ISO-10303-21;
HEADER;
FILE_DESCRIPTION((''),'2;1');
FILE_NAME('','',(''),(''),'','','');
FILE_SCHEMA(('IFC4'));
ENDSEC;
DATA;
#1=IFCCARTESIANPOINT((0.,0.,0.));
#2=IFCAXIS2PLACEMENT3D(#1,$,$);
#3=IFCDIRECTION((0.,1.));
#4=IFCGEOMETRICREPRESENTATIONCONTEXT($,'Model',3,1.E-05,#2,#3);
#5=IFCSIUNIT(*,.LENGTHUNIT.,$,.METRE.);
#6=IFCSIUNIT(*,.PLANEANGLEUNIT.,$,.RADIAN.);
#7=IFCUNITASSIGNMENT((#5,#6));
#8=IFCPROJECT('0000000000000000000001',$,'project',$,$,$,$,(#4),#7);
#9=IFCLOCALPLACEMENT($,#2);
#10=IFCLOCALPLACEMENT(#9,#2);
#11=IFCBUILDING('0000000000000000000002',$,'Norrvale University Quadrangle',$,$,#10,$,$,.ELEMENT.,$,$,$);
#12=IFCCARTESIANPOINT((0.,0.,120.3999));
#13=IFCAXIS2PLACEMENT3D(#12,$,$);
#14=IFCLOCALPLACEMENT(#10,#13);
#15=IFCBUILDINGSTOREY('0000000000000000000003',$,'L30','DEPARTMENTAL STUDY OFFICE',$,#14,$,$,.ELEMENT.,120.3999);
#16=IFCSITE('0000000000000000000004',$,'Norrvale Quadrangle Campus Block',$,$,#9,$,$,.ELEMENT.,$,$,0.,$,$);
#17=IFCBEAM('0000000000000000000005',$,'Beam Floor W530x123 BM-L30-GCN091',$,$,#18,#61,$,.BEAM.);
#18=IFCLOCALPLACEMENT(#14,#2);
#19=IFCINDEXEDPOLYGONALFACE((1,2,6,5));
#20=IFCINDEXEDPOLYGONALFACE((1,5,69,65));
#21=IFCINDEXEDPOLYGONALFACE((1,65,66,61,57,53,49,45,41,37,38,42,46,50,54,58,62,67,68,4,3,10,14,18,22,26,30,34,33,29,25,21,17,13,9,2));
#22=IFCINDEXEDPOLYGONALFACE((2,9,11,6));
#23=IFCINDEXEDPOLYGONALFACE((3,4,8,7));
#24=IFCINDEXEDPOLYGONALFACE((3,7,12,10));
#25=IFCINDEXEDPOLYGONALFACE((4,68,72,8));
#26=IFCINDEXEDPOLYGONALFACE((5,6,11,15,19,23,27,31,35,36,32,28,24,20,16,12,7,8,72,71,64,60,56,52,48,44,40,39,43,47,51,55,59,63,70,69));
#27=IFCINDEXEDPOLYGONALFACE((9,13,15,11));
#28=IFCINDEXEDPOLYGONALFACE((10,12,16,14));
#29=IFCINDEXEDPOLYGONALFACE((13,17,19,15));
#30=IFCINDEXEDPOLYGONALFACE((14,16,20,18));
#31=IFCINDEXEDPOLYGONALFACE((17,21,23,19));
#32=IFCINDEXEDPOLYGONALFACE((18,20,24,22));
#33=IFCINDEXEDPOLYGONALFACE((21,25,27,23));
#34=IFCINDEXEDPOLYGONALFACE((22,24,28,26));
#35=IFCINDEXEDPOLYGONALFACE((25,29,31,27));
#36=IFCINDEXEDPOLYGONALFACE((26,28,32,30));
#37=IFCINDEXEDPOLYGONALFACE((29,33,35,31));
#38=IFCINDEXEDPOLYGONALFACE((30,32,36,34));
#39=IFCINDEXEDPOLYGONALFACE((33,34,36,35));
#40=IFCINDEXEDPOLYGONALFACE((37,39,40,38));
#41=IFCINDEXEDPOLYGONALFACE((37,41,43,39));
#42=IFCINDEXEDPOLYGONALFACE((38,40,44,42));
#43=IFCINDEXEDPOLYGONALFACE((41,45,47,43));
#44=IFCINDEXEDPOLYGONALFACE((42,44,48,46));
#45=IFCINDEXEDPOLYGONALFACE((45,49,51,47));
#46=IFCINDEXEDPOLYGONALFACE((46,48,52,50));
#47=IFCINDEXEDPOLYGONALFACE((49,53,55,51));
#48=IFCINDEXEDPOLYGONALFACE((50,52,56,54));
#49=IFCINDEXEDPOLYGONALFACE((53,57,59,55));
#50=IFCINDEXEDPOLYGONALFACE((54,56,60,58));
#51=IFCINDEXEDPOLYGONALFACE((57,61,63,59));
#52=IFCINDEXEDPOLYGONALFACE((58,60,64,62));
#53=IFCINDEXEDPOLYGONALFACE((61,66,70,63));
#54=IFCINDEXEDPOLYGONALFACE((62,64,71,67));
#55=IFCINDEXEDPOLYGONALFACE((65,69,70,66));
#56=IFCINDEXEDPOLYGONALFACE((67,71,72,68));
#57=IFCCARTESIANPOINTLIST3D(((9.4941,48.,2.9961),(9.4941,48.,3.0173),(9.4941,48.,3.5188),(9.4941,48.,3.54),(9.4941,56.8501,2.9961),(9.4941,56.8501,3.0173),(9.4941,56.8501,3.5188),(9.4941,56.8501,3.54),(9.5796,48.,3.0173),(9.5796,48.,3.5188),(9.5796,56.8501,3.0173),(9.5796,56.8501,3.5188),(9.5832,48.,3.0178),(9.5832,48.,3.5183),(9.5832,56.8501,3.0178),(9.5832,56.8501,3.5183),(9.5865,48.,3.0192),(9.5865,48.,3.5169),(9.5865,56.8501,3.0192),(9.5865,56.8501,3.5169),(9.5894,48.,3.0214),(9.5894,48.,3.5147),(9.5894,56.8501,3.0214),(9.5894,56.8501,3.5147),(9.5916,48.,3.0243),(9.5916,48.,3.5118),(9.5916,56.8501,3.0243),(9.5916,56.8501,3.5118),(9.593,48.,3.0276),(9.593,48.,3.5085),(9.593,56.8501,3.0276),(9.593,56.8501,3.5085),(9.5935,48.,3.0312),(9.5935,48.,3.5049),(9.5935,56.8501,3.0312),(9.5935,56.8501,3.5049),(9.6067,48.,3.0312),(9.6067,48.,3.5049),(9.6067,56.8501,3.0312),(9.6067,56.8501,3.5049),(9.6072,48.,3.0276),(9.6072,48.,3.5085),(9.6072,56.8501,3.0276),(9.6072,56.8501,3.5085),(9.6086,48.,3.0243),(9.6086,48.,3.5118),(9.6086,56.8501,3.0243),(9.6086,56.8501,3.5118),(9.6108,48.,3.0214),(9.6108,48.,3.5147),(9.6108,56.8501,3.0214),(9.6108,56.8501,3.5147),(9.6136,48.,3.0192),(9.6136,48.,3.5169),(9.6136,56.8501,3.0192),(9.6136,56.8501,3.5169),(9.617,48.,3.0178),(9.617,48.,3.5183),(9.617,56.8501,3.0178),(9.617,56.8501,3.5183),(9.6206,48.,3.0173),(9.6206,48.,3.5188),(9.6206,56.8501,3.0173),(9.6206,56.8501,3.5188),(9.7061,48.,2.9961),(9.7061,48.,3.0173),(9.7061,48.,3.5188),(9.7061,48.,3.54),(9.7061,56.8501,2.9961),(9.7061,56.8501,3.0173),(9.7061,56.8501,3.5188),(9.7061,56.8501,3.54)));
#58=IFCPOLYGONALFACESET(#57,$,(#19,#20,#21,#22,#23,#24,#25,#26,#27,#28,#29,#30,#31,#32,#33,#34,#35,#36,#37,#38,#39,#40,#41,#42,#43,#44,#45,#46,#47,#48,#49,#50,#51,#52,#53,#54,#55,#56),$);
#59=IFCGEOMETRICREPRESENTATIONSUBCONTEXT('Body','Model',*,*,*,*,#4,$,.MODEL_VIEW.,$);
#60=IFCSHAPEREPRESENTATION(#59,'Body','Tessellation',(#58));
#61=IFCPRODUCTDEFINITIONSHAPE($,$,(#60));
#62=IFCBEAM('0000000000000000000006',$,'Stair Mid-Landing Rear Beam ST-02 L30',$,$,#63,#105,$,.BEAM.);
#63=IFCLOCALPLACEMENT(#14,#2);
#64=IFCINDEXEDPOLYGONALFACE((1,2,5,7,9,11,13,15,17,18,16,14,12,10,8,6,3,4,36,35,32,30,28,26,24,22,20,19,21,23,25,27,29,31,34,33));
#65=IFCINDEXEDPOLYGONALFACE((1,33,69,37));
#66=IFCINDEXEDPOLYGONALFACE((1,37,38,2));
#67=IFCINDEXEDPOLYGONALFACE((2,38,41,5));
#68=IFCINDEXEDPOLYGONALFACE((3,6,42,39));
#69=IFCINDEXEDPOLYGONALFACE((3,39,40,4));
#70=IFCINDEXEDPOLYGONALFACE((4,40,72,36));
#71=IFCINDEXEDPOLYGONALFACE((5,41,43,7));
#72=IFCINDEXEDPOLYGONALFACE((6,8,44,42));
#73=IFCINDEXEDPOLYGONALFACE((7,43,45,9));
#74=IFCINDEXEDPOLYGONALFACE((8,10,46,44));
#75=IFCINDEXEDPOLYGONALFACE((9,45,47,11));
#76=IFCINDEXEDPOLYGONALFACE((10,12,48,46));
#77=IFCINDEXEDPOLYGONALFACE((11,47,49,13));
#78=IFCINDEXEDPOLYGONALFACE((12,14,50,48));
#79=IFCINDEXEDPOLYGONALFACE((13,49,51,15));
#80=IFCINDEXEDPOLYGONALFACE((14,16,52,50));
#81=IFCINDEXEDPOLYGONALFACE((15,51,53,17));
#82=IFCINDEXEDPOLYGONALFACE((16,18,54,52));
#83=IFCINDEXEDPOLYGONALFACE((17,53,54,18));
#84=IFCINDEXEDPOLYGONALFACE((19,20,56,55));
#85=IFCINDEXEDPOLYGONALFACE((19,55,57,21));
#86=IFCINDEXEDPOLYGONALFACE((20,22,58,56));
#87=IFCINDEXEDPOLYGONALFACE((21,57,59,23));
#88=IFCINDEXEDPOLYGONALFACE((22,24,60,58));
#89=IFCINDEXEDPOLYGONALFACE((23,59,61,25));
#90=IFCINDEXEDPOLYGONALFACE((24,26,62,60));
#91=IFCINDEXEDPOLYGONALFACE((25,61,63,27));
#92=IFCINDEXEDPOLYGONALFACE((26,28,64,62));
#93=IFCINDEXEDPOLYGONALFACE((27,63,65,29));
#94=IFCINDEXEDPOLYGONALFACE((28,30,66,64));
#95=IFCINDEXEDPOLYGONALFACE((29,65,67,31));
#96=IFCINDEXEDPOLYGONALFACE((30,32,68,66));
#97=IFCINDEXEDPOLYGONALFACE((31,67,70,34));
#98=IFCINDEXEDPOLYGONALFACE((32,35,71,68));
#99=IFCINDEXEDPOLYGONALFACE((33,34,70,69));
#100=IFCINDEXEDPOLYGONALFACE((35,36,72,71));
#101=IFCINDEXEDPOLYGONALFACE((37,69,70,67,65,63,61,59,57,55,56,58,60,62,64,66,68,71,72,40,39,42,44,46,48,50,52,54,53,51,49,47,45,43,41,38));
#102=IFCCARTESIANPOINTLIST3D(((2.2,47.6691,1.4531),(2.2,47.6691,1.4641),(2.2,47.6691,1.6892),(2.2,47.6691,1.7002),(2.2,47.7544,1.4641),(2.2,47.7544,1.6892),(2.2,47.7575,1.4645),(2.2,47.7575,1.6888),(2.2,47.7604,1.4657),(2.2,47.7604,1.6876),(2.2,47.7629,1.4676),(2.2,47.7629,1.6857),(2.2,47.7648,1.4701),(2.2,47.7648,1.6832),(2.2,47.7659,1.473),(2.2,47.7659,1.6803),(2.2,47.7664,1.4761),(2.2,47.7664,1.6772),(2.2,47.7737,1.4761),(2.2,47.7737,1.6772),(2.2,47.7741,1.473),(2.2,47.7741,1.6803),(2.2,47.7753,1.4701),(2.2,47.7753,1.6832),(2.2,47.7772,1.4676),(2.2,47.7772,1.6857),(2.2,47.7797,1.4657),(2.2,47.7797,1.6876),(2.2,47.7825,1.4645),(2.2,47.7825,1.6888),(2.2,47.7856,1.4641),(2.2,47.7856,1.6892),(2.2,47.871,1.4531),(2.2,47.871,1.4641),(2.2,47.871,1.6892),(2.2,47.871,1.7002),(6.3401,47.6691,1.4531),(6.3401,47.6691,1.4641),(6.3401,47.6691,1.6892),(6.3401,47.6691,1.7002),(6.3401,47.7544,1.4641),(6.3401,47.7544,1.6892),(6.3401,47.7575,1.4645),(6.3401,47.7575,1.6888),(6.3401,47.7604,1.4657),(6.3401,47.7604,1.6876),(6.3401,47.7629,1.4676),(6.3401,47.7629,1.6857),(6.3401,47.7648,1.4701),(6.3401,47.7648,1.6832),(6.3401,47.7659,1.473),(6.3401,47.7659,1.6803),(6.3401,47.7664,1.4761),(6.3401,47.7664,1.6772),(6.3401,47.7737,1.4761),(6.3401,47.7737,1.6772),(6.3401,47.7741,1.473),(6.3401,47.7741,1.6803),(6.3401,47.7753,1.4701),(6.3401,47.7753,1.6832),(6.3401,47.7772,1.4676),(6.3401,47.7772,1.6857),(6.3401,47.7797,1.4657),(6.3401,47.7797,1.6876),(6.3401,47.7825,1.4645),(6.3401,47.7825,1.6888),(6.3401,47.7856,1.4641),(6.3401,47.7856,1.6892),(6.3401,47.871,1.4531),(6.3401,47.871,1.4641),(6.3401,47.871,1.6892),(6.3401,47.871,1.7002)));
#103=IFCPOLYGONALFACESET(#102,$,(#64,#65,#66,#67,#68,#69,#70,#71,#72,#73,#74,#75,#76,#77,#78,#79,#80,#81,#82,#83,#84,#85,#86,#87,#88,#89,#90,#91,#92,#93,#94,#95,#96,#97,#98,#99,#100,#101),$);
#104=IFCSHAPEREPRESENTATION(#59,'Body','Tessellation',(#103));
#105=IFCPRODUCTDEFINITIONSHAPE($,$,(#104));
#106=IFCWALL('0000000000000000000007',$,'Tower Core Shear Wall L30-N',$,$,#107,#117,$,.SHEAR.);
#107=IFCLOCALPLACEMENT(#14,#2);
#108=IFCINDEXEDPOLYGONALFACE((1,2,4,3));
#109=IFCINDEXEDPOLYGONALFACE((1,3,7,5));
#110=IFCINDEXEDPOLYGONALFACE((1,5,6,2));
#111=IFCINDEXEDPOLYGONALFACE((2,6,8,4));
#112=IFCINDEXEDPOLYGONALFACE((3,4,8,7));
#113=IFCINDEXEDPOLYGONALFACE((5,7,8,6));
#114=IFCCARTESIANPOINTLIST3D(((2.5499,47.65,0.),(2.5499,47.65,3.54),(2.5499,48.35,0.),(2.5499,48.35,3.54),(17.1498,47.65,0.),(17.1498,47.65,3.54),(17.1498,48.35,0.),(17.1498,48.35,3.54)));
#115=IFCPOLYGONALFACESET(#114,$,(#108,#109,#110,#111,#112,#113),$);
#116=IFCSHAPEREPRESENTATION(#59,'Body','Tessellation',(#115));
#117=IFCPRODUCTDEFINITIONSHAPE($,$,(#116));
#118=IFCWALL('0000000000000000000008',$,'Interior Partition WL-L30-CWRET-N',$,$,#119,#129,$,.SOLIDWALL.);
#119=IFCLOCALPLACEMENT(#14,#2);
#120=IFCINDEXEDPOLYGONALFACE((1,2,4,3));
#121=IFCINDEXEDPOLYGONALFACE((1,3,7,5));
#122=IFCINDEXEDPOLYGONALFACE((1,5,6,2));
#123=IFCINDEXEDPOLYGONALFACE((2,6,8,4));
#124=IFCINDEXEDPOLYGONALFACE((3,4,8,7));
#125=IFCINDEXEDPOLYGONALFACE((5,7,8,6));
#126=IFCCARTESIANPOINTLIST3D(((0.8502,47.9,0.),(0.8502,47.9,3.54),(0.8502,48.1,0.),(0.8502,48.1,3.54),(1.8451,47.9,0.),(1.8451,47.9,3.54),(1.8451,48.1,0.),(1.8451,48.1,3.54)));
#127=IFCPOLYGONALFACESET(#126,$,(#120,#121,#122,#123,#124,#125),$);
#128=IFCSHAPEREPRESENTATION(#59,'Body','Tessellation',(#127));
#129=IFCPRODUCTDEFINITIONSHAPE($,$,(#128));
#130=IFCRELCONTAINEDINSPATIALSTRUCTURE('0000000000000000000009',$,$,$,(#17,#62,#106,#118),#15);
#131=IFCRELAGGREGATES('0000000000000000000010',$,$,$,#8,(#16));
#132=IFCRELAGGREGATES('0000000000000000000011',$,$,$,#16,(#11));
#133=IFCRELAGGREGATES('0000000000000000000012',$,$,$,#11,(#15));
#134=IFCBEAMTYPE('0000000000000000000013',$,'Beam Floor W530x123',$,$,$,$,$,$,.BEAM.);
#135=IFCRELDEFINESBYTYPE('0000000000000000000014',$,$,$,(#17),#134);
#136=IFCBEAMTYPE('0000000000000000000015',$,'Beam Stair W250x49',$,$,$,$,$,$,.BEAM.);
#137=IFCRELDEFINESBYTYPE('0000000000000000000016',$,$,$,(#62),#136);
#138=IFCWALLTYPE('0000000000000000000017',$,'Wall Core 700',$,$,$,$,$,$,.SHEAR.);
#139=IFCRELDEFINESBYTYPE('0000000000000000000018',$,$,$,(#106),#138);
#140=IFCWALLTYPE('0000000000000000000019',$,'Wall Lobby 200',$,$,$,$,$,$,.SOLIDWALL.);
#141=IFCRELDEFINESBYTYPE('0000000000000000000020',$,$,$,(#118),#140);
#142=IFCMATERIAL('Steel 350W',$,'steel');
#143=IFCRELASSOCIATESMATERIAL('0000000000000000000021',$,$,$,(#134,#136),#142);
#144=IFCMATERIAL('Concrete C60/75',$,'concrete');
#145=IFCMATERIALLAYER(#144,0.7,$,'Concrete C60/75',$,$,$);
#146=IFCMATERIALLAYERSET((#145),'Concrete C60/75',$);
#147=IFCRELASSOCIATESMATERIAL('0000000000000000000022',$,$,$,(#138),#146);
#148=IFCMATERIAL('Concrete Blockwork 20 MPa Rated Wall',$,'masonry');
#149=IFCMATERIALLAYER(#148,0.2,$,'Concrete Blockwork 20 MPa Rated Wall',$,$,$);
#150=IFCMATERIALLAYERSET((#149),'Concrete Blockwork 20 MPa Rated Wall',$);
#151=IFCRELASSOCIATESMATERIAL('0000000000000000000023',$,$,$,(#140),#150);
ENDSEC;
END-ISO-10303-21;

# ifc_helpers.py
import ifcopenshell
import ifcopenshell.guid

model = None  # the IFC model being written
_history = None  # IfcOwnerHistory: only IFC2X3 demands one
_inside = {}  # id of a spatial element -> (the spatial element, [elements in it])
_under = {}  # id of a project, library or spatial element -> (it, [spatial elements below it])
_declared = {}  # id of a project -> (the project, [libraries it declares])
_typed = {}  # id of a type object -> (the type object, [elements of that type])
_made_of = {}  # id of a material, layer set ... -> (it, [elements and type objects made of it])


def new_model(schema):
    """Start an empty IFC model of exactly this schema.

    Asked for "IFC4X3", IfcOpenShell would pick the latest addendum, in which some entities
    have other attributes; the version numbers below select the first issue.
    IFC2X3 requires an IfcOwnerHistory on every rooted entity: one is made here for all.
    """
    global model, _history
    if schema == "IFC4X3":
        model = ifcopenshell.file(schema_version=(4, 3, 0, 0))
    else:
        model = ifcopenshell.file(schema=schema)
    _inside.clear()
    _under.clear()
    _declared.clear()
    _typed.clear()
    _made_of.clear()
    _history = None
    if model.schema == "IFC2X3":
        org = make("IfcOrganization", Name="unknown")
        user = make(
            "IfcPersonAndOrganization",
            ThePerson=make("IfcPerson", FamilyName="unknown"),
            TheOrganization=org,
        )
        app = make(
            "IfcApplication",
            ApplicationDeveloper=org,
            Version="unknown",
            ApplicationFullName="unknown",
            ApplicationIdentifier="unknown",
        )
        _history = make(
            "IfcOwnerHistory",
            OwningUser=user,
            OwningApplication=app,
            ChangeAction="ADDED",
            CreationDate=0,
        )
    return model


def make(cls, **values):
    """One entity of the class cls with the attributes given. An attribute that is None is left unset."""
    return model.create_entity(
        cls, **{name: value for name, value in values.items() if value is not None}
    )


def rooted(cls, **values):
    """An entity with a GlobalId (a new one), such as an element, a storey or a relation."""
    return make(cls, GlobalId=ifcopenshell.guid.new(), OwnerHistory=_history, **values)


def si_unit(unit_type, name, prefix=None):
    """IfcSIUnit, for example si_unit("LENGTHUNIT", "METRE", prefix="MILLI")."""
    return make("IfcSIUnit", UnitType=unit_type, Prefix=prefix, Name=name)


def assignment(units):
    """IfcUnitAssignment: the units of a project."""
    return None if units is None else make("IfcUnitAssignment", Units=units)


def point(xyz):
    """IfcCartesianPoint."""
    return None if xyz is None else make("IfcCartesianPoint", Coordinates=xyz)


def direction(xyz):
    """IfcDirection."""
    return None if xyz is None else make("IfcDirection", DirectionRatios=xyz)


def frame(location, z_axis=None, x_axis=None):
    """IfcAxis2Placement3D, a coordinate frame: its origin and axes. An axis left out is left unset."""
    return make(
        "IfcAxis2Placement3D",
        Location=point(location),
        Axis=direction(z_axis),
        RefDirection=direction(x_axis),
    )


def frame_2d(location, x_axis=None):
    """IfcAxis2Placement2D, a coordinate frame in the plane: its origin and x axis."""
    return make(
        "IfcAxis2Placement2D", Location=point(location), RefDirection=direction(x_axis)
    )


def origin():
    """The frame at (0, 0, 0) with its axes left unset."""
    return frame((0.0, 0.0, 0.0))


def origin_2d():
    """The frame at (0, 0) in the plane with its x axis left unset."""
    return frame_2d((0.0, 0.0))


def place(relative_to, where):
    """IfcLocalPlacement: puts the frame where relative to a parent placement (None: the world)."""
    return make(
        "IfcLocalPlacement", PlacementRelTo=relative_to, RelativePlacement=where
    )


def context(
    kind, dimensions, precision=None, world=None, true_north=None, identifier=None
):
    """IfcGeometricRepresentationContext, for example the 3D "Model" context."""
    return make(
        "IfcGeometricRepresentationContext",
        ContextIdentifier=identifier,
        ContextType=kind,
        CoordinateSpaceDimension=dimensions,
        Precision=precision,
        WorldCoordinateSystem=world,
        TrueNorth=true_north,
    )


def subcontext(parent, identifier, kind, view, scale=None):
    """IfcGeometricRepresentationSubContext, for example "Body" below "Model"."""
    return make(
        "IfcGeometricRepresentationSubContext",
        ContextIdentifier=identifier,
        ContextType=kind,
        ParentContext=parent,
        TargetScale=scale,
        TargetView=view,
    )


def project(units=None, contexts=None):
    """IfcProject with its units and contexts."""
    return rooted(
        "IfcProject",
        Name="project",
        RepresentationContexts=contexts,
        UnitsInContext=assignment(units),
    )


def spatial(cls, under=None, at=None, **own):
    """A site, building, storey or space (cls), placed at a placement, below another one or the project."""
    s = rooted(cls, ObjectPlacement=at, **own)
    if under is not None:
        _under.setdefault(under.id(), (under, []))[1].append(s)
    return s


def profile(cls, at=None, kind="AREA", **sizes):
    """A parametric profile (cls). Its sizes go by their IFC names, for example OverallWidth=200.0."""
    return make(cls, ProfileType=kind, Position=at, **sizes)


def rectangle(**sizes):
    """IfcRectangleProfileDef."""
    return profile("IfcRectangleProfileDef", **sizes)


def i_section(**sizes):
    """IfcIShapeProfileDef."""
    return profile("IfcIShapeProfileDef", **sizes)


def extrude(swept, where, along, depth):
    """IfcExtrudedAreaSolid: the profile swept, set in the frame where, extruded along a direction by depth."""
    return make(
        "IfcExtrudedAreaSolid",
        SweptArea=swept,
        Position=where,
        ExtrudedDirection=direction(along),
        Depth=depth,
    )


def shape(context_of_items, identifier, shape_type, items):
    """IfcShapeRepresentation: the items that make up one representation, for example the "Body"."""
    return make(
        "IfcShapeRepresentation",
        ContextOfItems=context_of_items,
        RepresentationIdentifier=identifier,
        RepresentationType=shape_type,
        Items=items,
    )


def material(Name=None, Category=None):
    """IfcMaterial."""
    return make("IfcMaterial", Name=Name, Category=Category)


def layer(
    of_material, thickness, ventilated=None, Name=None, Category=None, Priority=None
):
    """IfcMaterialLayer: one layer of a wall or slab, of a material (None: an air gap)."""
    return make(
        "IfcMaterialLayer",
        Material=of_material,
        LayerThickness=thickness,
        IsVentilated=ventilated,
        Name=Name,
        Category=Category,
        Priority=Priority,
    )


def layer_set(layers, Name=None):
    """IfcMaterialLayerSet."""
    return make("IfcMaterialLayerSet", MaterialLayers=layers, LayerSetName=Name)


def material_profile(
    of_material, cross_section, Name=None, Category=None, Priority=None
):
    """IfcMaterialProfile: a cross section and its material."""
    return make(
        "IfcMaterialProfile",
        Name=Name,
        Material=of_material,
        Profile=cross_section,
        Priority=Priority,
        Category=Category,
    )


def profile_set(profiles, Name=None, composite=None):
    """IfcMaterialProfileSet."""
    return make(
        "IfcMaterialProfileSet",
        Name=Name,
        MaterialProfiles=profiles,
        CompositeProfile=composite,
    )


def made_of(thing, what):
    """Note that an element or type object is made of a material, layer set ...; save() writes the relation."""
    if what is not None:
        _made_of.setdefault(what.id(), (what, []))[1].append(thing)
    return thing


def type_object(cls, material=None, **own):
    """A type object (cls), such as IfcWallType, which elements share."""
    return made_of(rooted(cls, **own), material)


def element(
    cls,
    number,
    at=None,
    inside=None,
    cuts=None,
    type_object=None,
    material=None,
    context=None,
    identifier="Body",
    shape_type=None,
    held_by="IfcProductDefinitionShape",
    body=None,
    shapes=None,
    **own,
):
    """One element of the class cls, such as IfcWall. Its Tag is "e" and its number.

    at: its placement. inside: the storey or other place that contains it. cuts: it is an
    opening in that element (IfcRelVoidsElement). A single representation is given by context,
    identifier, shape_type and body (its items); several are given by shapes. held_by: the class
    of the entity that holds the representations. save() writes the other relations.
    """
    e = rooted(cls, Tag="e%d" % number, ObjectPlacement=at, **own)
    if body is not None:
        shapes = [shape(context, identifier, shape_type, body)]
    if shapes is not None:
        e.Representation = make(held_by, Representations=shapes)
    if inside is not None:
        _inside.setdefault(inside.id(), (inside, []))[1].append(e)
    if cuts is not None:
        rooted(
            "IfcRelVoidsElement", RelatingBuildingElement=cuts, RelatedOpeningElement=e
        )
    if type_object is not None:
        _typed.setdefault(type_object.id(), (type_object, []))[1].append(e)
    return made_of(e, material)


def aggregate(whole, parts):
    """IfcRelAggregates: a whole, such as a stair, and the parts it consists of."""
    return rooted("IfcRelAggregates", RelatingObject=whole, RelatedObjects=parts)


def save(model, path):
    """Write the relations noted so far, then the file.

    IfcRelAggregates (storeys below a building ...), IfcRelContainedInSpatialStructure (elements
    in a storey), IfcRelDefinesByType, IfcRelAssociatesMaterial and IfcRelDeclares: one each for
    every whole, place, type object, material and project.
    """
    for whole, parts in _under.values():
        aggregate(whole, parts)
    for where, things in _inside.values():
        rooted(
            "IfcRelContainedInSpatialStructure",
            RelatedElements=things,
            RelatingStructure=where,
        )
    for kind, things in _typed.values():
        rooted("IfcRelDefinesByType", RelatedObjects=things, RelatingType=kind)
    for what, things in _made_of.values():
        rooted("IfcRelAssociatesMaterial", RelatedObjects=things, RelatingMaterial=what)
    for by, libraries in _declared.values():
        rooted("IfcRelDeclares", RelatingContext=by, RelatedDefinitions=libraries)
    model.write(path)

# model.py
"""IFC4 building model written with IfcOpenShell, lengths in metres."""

from ifc_helpers import new_model, si_unit, direction, frame, frame_2d, origin, origin_2d, place, context, subcontext, project, spatial, rectangle, i_section, extrude, material, layer, layer_set, material_profile, profile_set, type_object, element, save


model = new_model("IFC4")

# Units and contexts
model_context = context("Model", 3, precision=1e-05, world=origin(), true_north=direction((0.0, 1.0)))
body_context = subcontext(model_context, "Body", "Model", "MODEL_VIEW")
ifc_project = project(units=[si_unit("LENGTHUNIT", "METRE"), si_unit("PLANEANGLEUNIT", "RADIAN")], contexts=[model_context])

# Site, building, storey
site_placement = place(None, origin())
site = spatial("IfcSite", under=ifc_project, at=site_placement, Name="Norrvale Quadrangle Campus Block", CompositionType="ELEMENT", RefElevation=0.0)
building_placement = place(site_placement, origin())
building = spatial("IfcBuilding", under=site, at=building_placement, Name="Norrvale University Quadrangle", CompositionType="ELEMENT")
storey_placement = place(building_placement, frame((0.0, 0.0, 120.3999)))
storey = spatial("IfcBuildingStorey", under=building, at=storey_placement, Name="L30", Description="DEPARTMENTAL STUDY OFFICE", CompositionType="ELEMENT", Elevation=120.3999)

# Shared definitions
ifc_material_1 = material(Name="Concrete C60/75", Category="concrete")

# Beams
ifc_material_2 = material(Name="Steel 350W", Category="steel")
ifc_material_profile_1 = material_profile(ifc_material_2, i_section(OverallWidth=0.2119, OverallDepth=0.5439, WebThickness=0.0132, FlangeThickness=0.0212, FilletRadius=0.0139, at=origin_2d()), Name="Steel 350W")
ifc_profile_set_1 = profile_set([ifc_material_profile_1], Name="Steel 350W")
beam_type_1 = type_object("IfcBeamType", Name="Beam Floor W530x123", PredefinedType="BEAM", material=ifc_profile_set_1)
beam_1_placement = place(storey_placement, frame((9.6001, 48.0, 3.2681), z_axis=(0.0, 1.0, 0.0), x_axis=(-1.0, 0.0, 0.0)))
element("IfcBeam", 1, at=beam_1_placement, inside=storey, type_object=beam_type_1, Name="Beam Floor W530x123 BM-L30-GCN091", PredefinedType="BEAM", context=body_context, shape_type="SweptSolid", body=[
    extrude(i_section(OverallWidth=0.2119, OverallDepth=0.5439, WebThickness=0.0132, FlangeThickness=0.0212, FilletRadius=0.0139, at=origin_2d()), origin(), (0.0, 0.0, 1.0), 8.8501),
])
ifc_material_profile_2 = material_profile(ifc_material_2, i_section(OverallWidth=0.2019, OverallDepth=0.2471, WebThickness=0.0073, FlangeThickness=0.011, FilletRadius=0.012, at=origin_2d()), Name="Steel 350W")
ifc_profile_set_2 = profile_set([ifc_material_profile_2], Name="Steel 350W")
beam_type_2 = type_object("IfcBeamType", Name="Beam Stair W250x49", PredefinedType="BEAM", material=ifc_profile_set_2)
beam_2_placement = place(storey_placement, frame((2.2, 47.77, 1.5767), z_axis=(1.0, 0.0, 0.0), x_axis=(0.0, 1.0, 0.0)))
element("IfcBeam", 2, at=beam_2_placement, inside=storey, type_object=beam_type_2, Name="Stair Mid-Landing Rear Beam ST-02 L30", PredefinedType="BEAM", context=body_context, shape_type="SweptSolid", body=[
    extrude(i_section(OverallWidth=0.2019, OverallDepth=0.2471, WebThickness=0.0073, FlangeThickness=0.011, FilletRadius=0.012, at=origin_2d()), origin(), (0.0, 0.0, 1.0), 4.1401),
])

# Wall
ifc_layer_1 = layer(ifc_material_1, 0.7, Name="Concrete C60/75")
ifc_layer_set_1 = layer_set([ifc_layer_1], Name="Concrete C60/75")
wall_type_1 = type_object("IfcWallType", Name="Wall Core 700", PredefinedType="SHEAR", material=ifc_layer_set_1)
wall_1_placement = place(storey_placement, frame((2.55, 48.0, 0.0), z_axis=(0.0, 0.0, 1.0), x_axis=(1.0, 0.0, 0.0)))
element("IfcWall", 3, at=wall_1_placement, inside=storey, type_object=wall_type_1, Name="Tower Core Shear Wall L30-N", PredefinedType="SHEAR", context=body_context, shape_type="SweptSolid", body=[
    extrude(rectangle(XDim=14.5999, YDim=0.7, at=frame_2d((7.2998, 0.0))), origin(), (0.0, 0.0, 1.0), 3.54),
])

# Wall
ifc_material_3 = material(Name="Concrete Blockwork 20 MPa Rated Wall", Category="masonry")
ifc_layer_2 = layer(ifc_material_3, 0.2, Name="Concrete Blockwork 20 MPa Rated Wall")
ifc_layer_set_2 = layer_set([ifc_layer_2], Name="Concrete Blockwork 20 MPa Rated Wall")
wall_type_2 = type_object("IfcWallType", Name="Wall Lobby 200", PredefinedType="SOLIDWALL", material=ifc_layer_set_2)
wall_2_placement = place(storey_placement, frame((0.8501, 48.0, 0.0), z_axis=(0.0, 0.0, 1.0), x_axis=(1.0, 0.0, 0.0)))
element("IfcWall", 4, at=wall_2_placement, inside=storey, type_object=wall_type_2, Name="Interior Partition WL-L30-CWRET-N", PredefinedType="SOLIDWALL", context=body_context, shape_type="SweptSolid", body=[
    extrude(rectangle(XDim=0.9949, YDim=0.2, at=frame_2d((0.4976, 0.0))), origin(), (0.0, 0.0, 1.0), 3.54),
])

save(model, "model.ifc")
